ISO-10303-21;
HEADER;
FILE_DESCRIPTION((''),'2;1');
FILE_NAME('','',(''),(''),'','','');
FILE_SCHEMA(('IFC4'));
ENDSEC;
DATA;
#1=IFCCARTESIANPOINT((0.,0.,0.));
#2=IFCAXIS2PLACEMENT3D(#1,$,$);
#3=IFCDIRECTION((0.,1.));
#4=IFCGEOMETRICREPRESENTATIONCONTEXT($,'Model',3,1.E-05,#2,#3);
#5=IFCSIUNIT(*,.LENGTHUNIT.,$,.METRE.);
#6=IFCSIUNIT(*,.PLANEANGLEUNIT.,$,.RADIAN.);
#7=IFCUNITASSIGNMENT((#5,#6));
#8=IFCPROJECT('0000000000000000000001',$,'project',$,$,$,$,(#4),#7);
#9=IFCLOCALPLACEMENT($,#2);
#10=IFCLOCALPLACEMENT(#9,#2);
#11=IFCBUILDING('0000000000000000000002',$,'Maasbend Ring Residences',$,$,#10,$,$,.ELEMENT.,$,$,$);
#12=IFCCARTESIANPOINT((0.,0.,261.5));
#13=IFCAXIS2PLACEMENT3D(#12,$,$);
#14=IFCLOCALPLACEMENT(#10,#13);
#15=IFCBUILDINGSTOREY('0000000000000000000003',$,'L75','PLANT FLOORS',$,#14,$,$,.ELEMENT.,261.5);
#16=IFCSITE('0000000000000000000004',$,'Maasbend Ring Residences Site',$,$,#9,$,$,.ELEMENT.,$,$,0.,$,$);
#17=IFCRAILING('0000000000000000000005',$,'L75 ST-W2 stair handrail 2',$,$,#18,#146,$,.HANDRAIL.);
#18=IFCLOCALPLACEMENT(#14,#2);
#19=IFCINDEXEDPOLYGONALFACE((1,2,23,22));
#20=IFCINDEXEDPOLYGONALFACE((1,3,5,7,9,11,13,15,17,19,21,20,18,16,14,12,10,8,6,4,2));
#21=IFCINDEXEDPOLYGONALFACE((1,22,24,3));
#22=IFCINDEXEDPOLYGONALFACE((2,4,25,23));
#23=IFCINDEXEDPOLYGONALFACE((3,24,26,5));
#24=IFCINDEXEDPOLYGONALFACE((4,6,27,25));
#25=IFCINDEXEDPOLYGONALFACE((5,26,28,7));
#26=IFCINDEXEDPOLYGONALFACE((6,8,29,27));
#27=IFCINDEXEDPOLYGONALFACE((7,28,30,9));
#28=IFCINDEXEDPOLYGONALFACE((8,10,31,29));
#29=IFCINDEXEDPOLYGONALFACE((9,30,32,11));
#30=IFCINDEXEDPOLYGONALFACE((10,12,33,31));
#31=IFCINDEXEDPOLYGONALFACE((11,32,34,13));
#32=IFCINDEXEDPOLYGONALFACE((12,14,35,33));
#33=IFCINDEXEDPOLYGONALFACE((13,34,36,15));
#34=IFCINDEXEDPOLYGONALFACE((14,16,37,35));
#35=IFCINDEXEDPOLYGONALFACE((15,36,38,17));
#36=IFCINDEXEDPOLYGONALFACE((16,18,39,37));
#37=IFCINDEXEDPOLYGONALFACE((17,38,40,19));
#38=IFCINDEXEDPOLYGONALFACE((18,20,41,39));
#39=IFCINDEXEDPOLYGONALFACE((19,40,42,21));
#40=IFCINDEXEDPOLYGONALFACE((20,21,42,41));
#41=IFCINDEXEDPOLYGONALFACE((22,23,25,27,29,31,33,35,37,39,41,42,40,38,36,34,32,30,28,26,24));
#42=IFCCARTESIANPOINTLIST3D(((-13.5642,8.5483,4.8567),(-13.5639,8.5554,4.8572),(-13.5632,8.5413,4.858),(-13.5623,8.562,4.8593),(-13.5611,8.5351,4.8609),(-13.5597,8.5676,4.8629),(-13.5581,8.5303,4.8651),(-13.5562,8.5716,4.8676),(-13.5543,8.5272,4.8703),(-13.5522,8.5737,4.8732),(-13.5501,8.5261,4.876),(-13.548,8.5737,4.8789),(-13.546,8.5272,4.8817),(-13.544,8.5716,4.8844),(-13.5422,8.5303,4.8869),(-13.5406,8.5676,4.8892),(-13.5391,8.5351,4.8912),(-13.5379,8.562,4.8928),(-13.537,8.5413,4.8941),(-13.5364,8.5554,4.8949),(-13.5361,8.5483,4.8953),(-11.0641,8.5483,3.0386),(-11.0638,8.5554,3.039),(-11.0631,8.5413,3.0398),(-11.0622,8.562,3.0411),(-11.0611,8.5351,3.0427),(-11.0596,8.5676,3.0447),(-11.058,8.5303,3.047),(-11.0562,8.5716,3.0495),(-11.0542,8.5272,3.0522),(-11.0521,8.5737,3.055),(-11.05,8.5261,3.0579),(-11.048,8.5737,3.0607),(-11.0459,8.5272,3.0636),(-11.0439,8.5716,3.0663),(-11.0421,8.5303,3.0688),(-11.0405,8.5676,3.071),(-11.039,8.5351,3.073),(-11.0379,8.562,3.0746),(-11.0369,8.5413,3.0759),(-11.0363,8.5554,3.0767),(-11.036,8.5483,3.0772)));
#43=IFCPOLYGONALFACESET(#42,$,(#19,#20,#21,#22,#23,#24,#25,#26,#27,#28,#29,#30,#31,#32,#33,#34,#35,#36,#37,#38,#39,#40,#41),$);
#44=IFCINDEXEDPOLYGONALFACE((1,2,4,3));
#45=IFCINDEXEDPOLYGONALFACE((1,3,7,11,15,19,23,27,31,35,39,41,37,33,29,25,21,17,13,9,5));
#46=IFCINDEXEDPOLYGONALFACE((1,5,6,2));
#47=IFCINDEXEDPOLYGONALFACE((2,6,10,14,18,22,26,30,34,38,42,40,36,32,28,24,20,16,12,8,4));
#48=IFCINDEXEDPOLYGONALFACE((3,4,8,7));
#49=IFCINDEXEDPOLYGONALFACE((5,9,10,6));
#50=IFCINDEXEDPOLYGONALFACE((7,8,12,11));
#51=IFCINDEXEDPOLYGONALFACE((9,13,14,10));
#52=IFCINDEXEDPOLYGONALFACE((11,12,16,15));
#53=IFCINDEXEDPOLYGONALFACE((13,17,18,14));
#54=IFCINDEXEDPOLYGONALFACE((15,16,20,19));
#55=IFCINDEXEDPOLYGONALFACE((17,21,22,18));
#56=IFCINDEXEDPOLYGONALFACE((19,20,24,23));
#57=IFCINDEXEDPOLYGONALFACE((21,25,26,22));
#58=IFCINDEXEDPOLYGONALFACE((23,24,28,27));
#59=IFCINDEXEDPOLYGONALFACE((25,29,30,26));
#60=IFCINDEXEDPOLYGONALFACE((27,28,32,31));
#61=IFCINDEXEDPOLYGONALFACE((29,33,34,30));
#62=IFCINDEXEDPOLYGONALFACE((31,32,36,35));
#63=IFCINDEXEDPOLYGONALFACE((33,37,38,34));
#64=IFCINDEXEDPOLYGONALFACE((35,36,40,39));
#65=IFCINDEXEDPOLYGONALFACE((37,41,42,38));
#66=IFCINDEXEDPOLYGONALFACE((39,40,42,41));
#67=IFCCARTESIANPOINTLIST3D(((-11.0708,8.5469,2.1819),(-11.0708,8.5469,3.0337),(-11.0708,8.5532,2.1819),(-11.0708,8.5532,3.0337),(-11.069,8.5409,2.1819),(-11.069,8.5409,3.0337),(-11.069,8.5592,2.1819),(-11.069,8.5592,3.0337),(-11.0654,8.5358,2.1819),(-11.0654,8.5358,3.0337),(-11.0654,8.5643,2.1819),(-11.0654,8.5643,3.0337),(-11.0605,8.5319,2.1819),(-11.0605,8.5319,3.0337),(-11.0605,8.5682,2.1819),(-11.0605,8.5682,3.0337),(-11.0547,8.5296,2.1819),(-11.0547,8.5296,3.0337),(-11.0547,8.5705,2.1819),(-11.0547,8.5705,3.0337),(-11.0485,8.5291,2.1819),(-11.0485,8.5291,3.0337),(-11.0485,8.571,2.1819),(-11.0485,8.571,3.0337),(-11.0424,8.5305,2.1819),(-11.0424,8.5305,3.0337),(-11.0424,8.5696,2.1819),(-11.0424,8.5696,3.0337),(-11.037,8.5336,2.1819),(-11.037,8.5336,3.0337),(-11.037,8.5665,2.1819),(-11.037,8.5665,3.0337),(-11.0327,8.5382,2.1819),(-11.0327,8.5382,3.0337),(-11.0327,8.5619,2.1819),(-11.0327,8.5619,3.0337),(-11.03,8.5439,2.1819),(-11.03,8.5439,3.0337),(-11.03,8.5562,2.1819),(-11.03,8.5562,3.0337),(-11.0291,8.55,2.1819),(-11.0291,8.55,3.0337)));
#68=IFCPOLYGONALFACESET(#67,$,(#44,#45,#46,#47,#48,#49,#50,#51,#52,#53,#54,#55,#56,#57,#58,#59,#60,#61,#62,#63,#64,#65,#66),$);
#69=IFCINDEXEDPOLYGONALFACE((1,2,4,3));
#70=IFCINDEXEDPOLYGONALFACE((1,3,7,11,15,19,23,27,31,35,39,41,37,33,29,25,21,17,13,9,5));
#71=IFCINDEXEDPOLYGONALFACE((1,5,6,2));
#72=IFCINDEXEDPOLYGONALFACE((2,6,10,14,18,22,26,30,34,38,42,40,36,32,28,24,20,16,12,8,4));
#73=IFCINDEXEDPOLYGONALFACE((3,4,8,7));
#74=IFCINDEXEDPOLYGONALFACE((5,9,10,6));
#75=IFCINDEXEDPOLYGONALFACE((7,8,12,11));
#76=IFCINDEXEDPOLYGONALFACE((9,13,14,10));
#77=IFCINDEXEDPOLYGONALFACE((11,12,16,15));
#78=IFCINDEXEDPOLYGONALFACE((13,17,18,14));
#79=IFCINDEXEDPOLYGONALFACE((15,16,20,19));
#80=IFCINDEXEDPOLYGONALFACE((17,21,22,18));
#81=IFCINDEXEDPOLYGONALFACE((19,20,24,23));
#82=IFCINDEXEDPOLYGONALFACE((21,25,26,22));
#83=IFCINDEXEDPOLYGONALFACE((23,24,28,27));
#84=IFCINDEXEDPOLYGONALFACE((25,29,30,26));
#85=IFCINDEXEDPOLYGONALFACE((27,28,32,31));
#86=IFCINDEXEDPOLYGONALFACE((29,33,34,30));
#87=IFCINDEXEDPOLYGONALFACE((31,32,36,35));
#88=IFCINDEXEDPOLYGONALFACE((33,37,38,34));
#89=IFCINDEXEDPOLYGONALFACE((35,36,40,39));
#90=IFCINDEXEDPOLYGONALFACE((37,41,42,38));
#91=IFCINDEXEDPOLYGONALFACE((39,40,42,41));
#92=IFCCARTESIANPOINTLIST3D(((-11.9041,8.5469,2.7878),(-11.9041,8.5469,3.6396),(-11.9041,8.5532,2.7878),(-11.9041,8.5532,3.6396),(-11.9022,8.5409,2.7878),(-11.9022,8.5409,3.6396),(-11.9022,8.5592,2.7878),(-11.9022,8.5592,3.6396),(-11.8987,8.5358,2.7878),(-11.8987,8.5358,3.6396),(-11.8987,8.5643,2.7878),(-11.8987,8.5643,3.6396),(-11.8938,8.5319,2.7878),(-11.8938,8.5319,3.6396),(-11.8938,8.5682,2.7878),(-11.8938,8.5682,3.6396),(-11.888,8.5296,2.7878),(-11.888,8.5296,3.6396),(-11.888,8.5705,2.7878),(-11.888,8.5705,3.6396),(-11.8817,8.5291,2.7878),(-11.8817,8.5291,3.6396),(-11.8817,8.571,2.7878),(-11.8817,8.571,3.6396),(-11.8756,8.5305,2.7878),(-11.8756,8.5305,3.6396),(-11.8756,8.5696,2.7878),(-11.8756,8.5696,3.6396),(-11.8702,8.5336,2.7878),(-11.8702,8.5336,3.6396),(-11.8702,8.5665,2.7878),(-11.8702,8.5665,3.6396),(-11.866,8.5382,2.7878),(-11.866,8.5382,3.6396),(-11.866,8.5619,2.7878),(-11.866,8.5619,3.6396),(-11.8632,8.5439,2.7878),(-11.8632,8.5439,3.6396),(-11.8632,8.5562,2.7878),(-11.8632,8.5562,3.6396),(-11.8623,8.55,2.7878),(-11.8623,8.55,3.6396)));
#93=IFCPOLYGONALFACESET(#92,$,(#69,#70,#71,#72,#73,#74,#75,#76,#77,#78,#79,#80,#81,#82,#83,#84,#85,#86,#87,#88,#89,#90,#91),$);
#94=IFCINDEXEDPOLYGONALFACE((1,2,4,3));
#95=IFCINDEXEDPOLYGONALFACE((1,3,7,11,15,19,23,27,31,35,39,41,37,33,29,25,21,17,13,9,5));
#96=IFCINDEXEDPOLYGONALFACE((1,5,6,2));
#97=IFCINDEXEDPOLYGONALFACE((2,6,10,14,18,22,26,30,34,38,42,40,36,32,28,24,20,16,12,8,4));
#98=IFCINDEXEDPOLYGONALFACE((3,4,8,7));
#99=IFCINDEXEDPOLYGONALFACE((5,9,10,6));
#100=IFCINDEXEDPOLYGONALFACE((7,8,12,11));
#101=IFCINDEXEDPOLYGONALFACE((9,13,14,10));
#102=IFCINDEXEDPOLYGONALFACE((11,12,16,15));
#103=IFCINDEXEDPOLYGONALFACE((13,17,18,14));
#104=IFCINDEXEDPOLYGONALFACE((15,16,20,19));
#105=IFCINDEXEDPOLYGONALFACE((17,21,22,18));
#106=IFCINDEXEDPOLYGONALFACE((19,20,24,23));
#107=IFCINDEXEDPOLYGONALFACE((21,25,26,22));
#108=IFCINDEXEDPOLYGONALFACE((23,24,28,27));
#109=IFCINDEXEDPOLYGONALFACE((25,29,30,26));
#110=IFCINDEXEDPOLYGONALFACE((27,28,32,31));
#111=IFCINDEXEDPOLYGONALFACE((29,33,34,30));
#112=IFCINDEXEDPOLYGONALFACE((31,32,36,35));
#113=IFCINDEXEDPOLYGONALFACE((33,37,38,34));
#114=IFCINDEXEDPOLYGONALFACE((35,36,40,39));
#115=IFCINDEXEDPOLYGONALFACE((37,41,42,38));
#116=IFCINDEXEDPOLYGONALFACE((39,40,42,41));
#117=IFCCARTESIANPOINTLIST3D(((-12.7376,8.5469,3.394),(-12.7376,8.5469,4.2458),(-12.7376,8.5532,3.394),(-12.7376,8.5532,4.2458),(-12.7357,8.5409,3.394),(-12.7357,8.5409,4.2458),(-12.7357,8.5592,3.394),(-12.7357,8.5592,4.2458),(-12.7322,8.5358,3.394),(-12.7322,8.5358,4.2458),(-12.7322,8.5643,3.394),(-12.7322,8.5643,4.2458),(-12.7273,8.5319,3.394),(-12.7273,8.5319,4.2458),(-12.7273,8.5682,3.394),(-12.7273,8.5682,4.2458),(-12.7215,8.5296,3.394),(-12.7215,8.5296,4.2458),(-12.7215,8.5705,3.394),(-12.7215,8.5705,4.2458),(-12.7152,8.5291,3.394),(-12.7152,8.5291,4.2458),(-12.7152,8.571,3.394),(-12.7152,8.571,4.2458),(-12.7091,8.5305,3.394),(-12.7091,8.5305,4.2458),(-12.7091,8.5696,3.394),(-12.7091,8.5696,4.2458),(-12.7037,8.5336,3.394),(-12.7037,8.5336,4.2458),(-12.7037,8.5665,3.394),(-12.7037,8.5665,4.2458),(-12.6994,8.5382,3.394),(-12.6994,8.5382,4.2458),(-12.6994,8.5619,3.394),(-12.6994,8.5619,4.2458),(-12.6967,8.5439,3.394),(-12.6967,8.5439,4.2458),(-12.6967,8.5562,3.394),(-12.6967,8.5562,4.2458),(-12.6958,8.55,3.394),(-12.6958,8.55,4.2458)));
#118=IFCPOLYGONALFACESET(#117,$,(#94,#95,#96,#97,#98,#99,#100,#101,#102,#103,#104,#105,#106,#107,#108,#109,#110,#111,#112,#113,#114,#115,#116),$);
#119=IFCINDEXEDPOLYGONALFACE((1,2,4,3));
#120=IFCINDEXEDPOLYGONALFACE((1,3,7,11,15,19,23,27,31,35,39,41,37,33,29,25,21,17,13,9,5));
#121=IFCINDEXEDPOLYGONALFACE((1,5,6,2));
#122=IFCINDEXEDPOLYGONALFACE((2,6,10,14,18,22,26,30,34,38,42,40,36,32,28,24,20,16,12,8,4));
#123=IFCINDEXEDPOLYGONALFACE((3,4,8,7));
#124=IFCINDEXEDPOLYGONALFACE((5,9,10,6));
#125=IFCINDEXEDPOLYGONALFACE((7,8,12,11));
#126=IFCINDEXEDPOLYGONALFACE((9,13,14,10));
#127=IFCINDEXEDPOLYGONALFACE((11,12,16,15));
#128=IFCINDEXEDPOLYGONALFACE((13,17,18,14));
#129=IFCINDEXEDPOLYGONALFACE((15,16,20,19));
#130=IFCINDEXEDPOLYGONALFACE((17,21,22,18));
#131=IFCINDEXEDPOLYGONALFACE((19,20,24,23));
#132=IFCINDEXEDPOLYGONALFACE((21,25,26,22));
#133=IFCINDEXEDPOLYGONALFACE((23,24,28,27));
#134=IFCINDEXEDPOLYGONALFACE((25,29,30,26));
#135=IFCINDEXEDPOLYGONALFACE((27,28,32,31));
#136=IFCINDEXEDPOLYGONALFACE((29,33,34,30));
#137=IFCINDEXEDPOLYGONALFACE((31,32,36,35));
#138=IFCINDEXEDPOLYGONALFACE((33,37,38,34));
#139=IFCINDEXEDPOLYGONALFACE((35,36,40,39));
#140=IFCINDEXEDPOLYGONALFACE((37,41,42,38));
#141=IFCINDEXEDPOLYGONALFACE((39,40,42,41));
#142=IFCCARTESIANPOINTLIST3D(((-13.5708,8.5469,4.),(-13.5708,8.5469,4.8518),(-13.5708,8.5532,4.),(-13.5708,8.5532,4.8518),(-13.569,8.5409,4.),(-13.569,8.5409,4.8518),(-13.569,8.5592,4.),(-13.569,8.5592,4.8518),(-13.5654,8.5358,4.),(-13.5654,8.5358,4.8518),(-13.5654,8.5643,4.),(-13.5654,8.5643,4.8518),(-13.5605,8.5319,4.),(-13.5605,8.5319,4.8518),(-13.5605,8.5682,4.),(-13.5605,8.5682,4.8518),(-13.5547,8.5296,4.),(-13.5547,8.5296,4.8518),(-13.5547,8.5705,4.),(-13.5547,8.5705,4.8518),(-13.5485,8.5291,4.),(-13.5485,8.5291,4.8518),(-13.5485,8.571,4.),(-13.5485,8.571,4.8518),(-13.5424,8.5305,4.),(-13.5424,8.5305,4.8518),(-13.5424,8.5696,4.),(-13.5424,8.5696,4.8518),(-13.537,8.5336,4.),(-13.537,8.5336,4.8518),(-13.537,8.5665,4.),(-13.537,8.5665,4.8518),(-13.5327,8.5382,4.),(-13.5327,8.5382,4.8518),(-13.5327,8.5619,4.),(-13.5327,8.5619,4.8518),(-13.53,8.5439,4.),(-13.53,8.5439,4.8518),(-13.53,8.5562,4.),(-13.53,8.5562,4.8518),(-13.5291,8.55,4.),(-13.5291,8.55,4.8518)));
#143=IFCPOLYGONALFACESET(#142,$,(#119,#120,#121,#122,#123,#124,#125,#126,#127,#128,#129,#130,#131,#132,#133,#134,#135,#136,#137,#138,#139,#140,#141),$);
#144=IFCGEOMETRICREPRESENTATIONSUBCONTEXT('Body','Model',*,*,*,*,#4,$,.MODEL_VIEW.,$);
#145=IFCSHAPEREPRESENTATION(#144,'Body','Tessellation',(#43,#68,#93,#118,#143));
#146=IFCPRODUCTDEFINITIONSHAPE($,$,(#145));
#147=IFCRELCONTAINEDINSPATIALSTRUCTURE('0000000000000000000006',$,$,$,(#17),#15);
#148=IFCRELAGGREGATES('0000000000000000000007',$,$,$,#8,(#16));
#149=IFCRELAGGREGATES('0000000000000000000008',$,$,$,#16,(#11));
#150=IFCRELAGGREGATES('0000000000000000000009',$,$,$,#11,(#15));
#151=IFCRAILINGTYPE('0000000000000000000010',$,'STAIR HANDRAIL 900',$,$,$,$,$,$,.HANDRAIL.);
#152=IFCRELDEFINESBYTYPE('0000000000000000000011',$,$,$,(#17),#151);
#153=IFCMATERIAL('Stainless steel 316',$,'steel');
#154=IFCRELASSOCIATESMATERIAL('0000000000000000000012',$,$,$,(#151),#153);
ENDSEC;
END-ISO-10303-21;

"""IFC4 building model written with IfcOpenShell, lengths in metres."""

from ifc_helpers import new_model, si_unit, direction, frame, origin, origin_2d, place, context, subcontext, project, spatial, circle, extrude, material, type_object, element, save


model = new_model("IFC4")

# Units and contexts
model_context = context("Model", 3, precision=1e-05, world=origin(), true_north=direction((0.0, 1.0)))
body_context = subcontext(model_context, "Body", "Model", "MODEL_VIEW")
ifc_project = project(units=[si_unit("LENGTHUNIT", "METRE"), si_unit("PLANEANGLEUNIT", "RADIAN")], contexts=[model_context])

# Site, building, storey
site_placement = place(None, origin())
site = spatial("IfcSite", under=ifc_project, at=site_placement, Name="Maasbend Ring Residences Site", CompositionType="ELEMENT", RefElevation=0.0)
building_placement = place(site_placement, origin())
building = spatial("IfcBuilding", under=site, at=building_placement, Name="Maasbend Ring Residences", CompositionType="ELEMENT")
storey_placement = place(building_placement, frame((0.0, 0.0, 261.5)))
storey = spatial("IfcBuildingStorey", under=building, at=storey_placement, Name="L75", Description="PLANT FLOORS", CompositionType="ELEMENT", Elevation=261.5)

# Railing
ifc_material_1 = material(Name="Stainless steel 316", Category="steel")
railing_type = type_object("IfcRailingType", Name="STAIR HANDRAIL 900", PredefinedType="HANDRAIL", material=ifc_material_1)
railing_placement = place(storey_placement, frame((-11.05, 8.55, 2.1819)))
element("IfcRailing", 1, at=railing_placement, inside=storey, type_object=railing_type, Name="L75 ST-W2 stair handrail 2", PredefinedType="HANDRAIL", context=body_context, shape_type="SweptSolid", body=[
    extrude(circle(Radius=0.0239, at=origin_2d()), frame((0.0, 0.0, 0.876), z_axis=(-0.808746, 0.0, 0.588158), x_axis=(0.0, -1.0, 0.0)), (0.0, 0.0, 1.0), 3.0913),
    extrude(circle(Radius=0.021, at=origin_2d()), origin(), (0.0, 0.0, 1.0), 0.8518),
    extrude(circle(Radius=0.021, at=origin_2d()), frame((-0.8333, 0.0, 0.606)), (0.0, 0.0, 1.0), 0.8518),
    extrude(circle(Radius=0.021, at=origin_2d()), frame((-1.6667, 0.0, 1.2122)), (0.0, 0.0, 1.0), 0.8518),
    extrude(circle(Radius=0.021, at=origin_2d()), frame((-2.5, 0.0, 1.8181)), (0.0, 0.0, 1.0), 0.8518),
])

save(model, "model.ifc")
